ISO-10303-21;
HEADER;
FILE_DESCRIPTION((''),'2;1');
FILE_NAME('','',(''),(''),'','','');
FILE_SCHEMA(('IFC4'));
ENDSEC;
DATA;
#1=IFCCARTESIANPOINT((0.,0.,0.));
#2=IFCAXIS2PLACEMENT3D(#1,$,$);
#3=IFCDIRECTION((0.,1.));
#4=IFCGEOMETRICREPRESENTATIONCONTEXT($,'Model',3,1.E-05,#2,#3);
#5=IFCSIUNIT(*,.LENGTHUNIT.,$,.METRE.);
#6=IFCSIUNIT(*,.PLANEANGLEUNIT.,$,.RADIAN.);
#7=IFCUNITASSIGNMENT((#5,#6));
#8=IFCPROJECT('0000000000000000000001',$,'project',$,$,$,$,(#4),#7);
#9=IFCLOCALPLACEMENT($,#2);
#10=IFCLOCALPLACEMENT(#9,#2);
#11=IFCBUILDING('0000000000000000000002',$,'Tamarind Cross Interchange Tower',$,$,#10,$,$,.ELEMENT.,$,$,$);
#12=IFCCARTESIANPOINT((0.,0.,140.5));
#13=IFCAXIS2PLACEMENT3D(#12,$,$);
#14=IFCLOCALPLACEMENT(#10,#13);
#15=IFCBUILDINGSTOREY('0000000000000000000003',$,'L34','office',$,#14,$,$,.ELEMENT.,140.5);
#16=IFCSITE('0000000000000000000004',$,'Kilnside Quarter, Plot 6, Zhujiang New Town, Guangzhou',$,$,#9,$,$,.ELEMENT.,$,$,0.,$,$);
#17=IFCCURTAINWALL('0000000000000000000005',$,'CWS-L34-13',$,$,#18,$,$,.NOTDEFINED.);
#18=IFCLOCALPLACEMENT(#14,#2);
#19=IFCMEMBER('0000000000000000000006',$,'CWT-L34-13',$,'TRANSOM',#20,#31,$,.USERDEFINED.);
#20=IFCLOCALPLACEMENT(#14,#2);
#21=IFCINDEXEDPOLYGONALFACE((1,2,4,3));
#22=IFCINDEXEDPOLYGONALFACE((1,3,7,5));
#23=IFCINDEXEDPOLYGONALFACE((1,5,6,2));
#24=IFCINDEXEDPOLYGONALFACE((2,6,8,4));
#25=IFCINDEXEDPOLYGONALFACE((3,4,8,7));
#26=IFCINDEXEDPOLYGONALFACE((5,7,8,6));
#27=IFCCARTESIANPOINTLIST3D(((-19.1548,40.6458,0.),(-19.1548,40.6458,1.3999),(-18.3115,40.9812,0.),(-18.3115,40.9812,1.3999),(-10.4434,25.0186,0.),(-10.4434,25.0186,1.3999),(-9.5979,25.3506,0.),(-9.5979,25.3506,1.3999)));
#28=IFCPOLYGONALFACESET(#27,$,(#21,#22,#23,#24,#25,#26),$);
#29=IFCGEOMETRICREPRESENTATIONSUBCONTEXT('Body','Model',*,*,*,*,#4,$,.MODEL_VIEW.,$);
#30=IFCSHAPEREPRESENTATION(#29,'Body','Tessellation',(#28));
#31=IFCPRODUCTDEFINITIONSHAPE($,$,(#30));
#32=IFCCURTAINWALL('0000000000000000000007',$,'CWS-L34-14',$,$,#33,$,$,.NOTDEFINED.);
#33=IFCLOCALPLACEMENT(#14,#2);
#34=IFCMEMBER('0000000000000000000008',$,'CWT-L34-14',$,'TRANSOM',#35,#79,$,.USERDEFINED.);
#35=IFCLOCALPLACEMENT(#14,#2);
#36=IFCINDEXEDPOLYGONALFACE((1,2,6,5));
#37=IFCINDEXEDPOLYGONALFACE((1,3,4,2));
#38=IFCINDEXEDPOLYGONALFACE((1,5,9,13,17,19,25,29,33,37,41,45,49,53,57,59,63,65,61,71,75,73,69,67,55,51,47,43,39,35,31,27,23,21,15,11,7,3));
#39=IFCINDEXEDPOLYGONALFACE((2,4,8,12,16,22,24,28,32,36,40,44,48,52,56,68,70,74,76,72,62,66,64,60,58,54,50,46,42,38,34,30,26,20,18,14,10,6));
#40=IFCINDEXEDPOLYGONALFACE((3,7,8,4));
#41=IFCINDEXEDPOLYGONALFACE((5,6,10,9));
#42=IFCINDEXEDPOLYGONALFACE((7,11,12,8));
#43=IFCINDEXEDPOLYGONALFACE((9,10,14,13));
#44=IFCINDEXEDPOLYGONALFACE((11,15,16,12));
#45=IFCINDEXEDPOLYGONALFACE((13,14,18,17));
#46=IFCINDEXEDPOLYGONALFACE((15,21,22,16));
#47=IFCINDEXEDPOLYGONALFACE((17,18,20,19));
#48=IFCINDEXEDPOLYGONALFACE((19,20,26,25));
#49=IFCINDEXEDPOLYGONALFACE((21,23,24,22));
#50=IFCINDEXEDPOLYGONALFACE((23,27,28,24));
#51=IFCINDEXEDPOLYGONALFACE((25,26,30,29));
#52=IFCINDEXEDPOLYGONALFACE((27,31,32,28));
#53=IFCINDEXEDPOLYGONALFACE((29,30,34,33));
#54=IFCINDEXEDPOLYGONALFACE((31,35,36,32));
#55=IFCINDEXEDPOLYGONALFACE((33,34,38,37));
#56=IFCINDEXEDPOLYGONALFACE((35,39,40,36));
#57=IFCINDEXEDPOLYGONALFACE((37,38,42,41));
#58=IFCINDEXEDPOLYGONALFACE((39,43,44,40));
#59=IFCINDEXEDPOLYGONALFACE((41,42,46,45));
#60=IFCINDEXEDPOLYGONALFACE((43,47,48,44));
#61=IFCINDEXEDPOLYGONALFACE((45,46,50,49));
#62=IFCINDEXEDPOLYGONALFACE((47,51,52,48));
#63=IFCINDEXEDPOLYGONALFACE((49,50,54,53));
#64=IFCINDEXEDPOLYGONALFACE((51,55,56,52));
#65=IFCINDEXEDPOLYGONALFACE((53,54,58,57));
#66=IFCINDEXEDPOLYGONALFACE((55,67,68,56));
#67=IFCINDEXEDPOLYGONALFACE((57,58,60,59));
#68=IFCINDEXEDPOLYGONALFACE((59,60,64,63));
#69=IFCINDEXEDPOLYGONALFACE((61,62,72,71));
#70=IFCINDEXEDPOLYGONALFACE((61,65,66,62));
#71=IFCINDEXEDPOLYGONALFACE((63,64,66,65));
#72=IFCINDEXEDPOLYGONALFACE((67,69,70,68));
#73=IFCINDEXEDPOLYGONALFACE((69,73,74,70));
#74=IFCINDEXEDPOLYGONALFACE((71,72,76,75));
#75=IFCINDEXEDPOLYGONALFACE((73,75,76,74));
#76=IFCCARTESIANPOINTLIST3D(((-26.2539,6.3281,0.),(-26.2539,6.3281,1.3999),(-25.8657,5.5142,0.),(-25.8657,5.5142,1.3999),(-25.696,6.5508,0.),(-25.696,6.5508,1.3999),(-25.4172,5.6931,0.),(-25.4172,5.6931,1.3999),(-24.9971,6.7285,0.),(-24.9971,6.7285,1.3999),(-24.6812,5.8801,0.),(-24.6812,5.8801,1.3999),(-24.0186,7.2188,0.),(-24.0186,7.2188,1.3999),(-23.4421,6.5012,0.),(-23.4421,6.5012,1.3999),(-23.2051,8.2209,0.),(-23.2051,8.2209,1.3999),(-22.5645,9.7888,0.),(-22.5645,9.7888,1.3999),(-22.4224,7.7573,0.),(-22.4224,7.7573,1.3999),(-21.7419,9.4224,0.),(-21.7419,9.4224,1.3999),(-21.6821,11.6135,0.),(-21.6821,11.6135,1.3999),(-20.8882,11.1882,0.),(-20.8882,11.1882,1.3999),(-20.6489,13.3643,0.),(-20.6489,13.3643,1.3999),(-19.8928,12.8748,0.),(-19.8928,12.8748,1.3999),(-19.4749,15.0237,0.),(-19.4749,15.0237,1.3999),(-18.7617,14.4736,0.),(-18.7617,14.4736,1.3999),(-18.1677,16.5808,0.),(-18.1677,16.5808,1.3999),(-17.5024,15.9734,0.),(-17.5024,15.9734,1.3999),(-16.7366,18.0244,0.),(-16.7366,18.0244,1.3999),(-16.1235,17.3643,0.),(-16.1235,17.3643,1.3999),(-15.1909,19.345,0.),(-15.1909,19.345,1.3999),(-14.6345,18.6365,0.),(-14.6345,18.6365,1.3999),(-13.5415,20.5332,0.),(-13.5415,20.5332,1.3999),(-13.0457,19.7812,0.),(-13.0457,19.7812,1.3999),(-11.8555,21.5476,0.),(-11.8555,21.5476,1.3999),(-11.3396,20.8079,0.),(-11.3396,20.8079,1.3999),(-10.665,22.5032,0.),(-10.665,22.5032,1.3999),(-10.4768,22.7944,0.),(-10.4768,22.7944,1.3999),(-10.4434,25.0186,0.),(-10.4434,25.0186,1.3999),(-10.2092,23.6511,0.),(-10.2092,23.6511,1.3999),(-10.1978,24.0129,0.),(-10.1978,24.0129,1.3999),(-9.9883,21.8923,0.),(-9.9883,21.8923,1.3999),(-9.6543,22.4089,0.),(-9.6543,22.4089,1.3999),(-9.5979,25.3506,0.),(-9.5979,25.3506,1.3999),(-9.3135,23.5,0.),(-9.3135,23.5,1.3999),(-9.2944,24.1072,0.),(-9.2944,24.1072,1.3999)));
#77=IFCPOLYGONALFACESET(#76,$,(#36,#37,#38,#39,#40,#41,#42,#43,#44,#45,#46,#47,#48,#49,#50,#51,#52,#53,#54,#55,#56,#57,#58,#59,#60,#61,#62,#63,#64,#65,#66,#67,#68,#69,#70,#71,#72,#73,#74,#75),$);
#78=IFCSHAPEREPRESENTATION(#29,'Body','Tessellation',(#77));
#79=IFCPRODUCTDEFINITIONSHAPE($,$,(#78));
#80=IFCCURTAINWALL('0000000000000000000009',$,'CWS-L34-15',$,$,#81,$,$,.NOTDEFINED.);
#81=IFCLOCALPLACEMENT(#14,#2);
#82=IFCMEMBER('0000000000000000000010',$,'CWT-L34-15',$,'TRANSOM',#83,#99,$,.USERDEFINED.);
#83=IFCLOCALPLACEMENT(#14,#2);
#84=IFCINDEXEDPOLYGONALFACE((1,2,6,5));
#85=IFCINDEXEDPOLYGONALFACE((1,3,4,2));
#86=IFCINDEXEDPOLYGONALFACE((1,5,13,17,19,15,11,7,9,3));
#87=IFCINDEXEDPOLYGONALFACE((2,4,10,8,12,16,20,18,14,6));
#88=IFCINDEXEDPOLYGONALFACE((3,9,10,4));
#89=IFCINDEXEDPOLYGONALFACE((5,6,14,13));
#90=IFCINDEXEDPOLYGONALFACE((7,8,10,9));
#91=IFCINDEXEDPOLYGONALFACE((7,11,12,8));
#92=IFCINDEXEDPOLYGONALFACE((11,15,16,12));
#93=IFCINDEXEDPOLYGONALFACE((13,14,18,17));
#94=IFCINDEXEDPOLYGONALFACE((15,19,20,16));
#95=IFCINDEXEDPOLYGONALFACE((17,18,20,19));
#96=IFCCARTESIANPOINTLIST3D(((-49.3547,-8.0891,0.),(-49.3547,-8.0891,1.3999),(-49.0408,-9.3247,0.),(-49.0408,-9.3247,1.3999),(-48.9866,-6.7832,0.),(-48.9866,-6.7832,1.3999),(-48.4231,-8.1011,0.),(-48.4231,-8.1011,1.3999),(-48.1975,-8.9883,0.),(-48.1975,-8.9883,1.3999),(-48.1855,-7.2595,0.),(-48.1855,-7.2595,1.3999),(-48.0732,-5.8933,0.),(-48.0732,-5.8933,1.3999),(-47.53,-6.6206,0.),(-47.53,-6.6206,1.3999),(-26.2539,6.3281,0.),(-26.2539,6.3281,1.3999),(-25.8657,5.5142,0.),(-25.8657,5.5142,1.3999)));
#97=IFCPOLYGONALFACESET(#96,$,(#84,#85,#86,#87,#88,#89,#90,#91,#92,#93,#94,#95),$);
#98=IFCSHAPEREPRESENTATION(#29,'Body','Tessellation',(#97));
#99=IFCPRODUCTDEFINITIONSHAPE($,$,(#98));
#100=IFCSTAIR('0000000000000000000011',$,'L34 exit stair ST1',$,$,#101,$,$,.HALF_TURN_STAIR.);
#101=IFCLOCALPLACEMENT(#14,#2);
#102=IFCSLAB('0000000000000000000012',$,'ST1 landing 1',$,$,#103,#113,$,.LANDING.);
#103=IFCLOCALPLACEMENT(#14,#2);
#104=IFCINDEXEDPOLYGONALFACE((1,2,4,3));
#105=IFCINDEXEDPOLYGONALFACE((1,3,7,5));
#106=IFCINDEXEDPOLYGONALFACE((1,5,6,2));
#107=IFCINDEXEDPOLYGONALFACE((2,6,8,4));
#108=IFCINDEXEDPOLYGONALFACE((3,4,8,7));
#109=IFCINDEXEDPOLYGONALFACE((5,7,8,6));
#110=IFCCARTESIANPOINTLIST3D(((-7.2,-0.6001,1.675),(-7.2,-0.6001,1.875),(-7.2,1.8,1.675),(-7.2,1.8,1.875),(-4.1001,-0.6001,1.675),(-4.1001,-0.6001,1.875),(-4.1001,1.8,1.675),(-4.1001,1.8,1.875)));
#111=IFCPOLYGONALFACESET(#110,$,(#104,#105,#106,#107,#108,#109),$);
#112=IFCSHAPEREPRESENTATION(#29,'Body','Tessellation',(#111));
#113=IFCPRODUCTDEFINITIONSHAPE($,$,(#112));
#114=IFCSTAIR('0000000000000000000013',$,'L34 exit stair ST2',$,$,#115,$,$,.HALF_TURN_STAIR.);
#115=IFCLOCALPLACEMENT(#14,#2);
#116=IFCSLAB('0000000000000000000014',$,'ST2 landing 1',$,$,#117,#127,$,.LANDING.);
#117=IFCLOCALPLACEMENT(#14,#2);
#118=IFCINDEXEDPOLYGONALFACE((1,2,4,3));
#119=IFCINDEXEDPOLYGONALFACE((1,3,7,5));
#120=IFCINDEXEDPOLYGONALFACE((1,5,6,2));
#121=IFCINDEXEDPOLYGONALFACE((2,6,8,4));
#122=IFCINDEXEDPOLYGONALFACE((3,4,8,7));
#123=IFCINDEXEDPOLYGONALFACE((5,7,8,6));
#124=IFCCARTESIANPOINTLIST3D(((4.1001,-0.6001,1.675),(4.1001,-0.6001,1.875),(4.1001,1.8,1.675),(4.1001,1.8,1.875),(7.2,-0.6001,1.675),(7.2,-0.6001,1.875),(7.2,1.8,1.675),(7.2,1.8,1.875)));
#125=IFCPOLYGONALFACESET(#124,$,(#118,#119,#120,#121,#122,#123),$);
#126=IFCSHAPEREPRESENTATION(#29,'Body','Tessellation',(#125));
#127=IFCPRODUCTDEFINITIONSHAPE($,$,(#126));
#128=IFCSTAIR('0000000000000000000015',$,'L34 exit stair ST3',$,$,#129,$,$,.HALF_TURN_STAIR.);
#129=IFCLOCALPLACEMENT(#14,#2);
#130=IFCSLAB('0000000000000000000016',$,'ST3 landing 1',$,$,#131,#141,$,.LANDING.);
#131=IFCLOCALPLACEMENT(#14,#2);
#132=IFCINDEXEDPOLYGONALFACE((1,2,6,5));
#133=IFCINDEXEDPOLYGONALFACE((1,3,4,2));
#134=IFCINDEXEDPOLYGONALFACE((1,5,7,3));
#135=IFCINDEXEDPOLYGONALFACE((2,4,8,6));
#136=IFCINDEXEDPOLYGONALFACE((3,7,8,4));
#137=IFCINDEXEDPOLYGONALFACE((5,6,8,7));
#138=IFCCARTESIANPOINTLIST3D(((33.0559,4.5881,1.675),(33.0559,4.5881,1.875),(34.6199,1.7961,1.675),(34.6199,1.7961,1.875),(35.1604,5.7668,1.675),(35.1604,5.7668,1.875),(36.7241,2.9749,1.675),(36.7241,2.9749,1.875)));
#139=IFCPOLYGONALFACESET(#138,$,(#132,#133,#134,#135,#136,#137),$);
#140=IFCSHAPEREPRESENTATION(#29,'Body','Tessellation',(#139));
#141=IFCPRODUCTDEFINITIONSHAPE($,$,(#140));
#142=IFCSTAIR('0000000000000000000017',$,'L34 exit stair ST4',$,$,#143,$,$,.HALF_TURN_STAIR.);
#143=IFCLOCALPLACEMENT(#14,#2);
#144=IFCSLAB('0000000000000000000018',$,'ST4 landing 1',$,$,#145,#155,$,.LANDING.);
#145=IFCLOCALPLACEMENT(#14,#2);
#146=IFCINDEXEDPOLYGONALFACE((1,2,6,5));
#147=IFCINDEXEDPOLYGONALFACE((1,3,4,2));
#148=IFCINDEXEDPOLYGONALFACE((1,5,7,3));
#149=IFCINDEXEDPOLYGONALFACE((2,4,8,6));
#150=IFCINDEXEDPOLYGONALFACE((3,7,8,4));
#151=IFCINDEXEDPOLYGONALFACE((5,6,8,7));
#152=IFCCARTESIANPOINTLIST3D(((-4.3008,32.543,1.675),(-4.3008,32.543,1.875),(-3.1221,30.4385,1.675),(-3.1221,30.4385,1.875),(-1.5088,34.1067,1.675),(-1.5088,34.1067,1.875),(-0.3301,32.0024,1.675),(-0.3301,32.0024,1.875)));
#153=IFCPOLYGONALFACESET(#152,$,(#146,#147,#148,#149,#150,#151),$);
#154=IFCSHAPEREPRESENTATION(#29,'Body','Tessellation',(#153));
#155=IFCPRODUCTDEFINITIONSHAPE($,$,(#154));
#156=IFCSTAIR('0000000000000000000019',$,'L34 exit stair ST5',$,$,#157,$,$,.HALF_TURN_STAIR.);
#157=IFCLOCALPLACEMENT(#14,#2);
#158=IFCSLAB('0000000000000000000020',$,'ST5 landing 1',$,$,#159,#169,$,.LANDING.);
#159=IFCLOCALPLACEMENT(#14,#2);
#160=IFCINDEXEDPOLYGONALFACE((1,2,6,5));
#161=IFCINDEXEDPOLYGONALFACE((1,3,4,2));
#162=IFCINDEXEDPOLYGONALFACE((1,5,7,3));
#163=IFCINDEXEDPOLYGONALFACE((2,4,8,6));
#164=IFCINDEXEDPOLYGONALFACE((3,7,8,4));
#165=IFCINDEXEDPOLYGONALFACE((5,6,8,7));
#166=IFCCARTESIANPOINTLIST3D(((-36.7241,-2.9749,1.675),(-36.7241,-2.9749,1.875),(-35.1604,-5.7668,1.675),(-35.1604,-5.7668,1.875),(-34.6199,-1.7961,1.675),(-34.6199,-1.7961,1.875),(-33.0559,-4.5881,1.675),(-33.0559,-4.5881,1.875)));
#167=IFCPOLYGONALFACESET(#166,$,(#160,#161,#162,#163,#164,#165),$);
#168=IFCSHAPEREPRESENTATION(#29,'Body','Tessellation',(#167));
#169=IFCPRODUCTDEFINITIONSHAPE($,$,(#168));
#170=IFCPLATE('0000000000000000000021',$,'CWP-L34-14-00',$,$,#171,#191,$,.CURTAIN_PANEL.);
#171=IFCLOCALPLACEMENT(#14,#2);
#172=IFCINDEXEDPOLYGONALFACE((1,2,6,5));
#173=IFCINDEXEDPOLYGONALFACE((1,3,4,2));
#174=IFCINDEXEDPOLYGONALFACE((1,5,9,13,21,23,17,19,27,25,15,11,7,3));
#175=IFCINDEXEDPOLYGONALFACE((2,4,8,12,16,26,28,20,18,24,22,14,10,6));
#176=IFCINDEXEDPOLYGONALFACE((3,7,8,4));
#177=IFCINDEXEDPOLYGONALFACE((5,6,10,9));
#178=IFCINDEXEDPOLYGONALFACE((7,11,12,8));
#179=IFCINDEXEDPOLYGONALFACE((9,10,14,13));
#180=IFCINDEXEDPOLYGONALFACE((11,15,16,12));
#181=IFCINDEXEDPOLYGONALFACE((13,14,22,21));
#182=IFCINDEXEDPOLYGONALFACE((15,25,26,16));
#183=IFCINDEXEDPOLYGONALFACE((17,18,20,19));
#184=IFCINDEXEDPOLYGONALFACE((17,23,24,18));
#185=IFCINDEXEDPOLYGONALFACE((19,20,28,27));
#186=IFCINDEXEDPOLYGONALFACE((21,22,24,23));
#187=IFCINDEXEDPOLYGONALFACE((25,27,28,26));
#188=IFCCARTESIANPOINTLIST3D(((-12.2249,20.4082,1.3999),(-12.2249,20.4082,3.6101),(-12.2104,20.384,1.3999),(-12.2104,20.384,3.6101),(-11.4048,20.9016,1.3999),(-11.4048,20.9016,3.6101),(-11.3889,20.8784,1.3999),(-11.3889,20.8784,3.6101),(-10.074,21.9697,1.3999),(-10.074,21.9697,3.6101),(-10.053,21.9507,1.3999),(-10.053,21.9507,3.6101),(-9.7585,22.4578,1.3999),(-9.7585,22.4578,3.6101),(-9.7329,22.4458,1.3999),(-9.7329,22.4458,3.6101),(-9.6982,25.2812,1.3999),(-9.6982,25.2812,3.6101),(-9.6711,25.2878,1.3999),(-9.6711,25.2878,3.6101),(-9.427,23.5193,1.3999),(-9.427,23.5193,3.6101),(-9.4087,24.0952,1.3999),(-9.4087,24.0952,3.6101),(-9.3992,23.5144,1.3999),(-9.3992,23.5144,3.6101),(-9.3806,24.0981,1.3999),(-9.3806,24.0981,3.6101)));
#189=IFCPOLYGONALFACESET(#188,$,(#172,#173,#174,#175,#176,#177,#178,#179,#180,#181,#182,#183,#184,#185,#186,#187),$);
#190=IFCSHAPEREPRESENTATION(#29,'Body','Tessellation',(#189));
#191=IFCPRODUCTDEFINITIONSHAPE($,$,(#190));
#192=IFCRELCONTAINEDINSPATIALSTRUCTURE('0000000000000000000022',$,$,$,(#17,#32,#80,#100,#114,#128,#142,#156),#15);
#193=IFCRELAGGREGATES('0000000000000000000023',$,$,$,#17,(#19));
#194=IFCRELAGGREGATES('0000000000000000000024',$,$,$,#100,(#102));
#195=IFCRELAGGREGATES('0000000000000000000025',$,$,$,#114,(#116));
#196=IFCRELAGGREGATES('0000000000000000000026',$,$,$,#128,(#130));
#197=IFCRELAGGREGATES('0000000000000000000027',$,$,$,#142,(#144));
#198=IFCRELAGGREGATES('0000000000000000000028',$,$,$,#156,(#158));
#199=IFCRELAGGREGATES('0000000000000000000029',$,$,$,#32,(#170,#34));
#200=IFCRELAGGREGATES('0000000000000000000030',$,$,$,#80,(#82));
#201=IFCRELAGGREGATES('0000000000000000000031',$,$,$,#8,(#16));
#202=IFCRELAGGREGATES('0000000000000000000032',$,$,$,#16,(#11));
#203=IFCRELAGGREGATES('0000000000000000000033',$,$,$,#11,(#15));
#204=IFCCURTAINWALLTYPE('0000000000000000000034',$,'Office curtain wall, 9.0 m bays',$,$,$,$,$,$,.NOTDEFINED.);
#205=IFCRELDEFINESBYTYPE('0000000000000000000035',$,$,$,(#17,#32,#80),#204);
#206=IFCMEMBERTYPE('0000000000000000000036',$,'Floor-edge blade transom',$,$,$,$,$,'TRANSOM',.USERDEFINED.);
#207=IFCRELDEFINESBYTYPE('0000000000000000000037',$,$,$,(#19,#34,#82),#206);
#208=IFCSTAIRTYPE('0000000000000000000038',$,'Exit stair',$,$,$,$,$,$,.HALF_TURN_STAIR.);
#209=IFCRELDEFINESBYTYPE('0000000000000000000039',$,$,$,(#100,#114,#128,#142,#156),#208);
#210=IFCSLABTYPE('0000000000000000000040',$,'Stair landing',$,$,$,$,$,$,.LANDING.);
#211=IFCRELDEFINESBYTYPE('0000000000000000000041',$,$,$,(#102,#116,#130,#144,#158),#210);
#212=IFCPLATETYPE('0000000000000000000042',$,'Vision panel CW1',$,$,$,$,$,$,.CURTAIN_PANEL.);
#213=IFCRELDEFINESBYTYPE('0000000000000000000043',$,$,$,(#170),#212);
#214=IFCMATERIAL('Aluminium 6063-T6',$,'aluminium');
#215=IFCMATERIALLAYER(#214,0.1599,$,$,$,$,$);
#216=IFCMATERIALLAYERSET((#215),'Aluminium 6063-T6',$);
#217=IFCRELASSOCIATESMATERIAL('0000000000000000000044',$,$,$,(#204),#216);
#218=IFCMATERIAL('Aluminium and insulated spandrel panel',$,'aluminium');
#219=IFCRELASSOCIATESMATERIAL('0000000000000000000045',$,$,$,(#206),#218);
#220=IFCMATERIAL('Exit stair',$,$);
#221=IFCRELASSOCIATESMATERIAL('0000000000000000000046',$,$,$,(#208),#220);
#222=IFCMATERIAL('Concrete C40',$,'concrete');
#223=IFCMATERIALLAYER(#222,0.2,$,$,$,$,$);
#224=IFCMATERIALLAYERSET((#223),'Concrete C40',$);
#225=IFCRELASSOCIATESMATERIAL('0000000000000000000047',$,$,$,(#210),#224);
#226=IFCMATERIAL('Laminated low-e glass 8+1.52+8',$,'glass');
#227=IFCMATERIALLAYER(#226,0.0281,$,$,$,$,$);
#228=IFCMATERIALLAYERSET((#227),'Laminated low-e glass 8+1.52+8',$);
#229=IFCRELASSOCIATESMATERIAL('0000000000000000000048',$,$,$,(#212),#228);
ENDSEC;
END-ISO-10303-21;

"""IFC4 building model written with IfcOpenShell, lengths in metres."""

from ifc_helpers import new_model, si_unit, direction, frame, origin, place, context, subcontext, project, spatial, polyline, outline, extrude, material, layer, layer_set, type_object, element, aggregate, save


model = new_model("IFC4")

# Units and contexts
model_context = context("Model", 3, precision=1e-05, world=origin(), true_north=direction((0.0, 1.0)))
body_context = subcontext(model_context, "Body", "Model", "MODEL_VIEW")
ifc_project = project(units=[si_unit("LENGTHUNIT", "METRE"), si_unit("PLANEANGLEUNIT", "RADIAN")], contexts=[model_context])

# Site, building, storey
site_placement = place(None, origin())
site = spatial("IfcSite", under=ifc_project, at=site_placement, Name="Kilnside Quarter, Plot 6, Zhujiang New Town, Guangzhou", CompositionType="ELEMENT", RefElevation=0.0)
building_placement = place(site_placement, origin())
building = spatial("IfcBuilding", under=site, at=building_placement, Name="Tamarind Cross Interchange Tower", CompositionType="ELEMENT")
storey_placement = place(building_placement, frame((0.0, 0.0, 140.5)))
storey = spatial("IfcBuildingStorey", under=building, at=storey_placement, Name="L34", Description="office", CompositionType="ELEMENT", Elevation=140.5)

# Curtain walls, members
ifc_material_1 = material(Name="Aluminium 6063-T6", Category="aluminium")
ifc_layer_1 = layer(ifc_material_1, 0.1599)
ifc_layer_set_1 = layer_set([ifc_layer_1], Name="Aluminium 6063-T6")
curtain_wall_type = type_object("IfcCurtainWallType", Name="Office curtain wall, 9.0 m bays", PredefinedType="NOTDEFINED", material=ifc_layer_set_1)
curtain_wall_1_placement = place(storey_placement, origin())
curtain_wall_1 = element("IfcCurtainWall", 1, at=curtain_wall_1_placement, inside=storey, type_object=curtain_wall_type, Name="CWS-L34-13", PredefinedType="NOTDEFINED")
ifc_material_2 = material(Name="Aluminium and insulated spandrel panel", Category="aluminium")
member_type = type_object("IfcMemberType", Name="Floor-edge blade transom", ElementType="TRANSOM", PredefinedType="USERDEFINED", material=ifc_material_2)
member_1_placement = place(storey_placement, origin())
member_1 = element("IfcMember", 2, at=member_1_placement, type_object=member_type, Name="CWT-L34-13", ObjectType="TRANSOM", PredefinedType="USERDEFINED", context=body_context, shape_type="SweptSolid", body=[
    extrude(outline(polyline([(-18.3115, 40.9812), (-9.5979, 25.3506), (-10.4434, 25.0186), (-19.1548, 40.6458), (-18.3115, 40.9812)])), origin(), (0.0, 0.0, 1.0), 1.3999),
])
aggregate(curtain_wall_1, [member_1])
curtain_wall_2_placement = place(storey_placement, origin())
curtain_wall_2 = element("IfcCurtainWall", 3, at=curtain_wall_2_placement, inside=storey, type_object=curtain_wall_type, Name="CWS-L34-14", PredefinedType="NOTDEFINED")
member_2_placement = place(storey_placement, origin())
member_2 = element("IfcMember", 4, at=member_2_placement, type_object=member_type, Name="CWT-L34-14", ObjectType="TRANSOM", PredefinedType="USERDEFINED", context=body_context, shape_type="SweptSolid", body=[
    extrude(outline(polyline([(-9.5979, 25.3506), (-9.2944, 24.1072), (-9.3135, 23.5), (-9.6543, 22.4089), (-9.9883, 21.8923), (-11.3396, 20.8079), (-13.0457, 19.7812), (-14.6345, 18.6365), (-16.1235, 17.3643), (-17.5024, 15.9734), (-18.7617, 14.4736), (-19.8928, 12.8748), (-20.8882, 11.1882), (-21.7419, 9.4224), (-22.4224, 7.7573), (-23.4421, 6.5012), (-24.6812, 5.8801), (-25.4172, 5.6931), (-25.8657, 5.5142), (-26.2539, 6.3281), (-25.696, 6.5508), (-24.9971, 6.7285), (-24.0186, 7.2188), (-23.2051, 8.2209), (-22.5645, 9.7888), (-21.6821, 11.6135), (-20.6489, 13.3643), (-19.4749, 15.0237), (-18.1677, 16.5808), (-16.7366, 18.0244), (-15.1909, 19.345), (-13.5415, 20.5332), (-11.8555, 21.5476), (-10.665, 22.5032), (-10.4768, 22.7944), (-10.2092, 23.6511), (-10.1978, 24.0129), (-10.4434, 25.0186), (-9.5979, 25.3506)])), origin(), (0.0, 0.0, 1.0), 1.3999),
])
curtain_wall_3_placement = place(storey_placement, origin())
curtain_wall_3 = element("IfcCurtainWall", 5, at=curtain_wall_3_placement, inside=storey, type_object=curtain_wall_type, Name="CWS-L34-15", PredefinedType="NOTDEFINED")
member_3_placement = place(storey_placement, origin())
member_3 = element("IfcMember", 6, at=member_3_placement, type_object=member_type, Name="CWT-L34-15", ObjectType="TRANSOM", PredefinedType="USERDEFINED", context=body_context, shape_type="SweptSolid", body=[
    extrude(outline(polyline([(-25.8657, 5.5142), (-47.53, -6.6206), (-48.1855, -7.2595), (-48.4231, -8.1011), (-48.1975, -8.9883), (-49.0408, -9.3247), (-49.3547, -8.0891), (-48.9866, -6.7832), (-48.0732, -5.8933), (-26.2539, 6.3281), (-25.8657, 5.5142)])), origin(), (0.0, 0.0, 1.0), 1.3999),
])

# Stairs, slabs
ifc_material_3 = material(Name="Exit stair")
stair_type = type_object("IfcStairType", Name="Exit stair", PredefinedType="HALF_TURN_STAIR", material=ifc_material_3)
stair_1_placement = place(storey_placement, origin())
stair_1 = element("IfcStair", 7, at=stair_1_placement, inside=storey, type_object=stair_type, Name="L34 exit stair ST1", PredefinedType="HALF_TURN_STAIR")
ifc_material_4 = material(Name="Concrete C40", Category="concrete")
ifc_layer_2 = layer(ifc_material_4, 0.2)
ifc_layer_set_2 = layer_set([ifc_layer_2], Name="Concrete C40")
slab_type = type_object("IfcSlabType", Name="Stair landing", PredefinedType="LANDING", material=ifc_layer_set_2)
slab_1_placement = place(storey_placement, frame((0.0, 0.0, 1.675)))
slab_1 = element("IfcSlab", 8, at=slab_1_placement, type_object=slab_type, Name="ST1 landing 1", PredefinedType="LANDING", context=body_context, shape_type="SweptSolid", body=[
    extrude(outline(polyline([(-4.1001, -0.6001), (-4.1001, 1.8), (-7.2, 1.8), (-7.2, -0.6001), (-4.1001, -0.6001)])), origin(), (0.0, 0.0, 1.0), 0.2),
])
aggregate(stair_1, [slab_1])
stair_2_placement = place(storey_placement, origin())
stair_2 = element("IfcStair", 9, at=stair_2_placement, inside=storey, type_object=stair_type, Name="L34 exit stair ST2", PredefinedType="HALF_TURN_STAIR")
slab_2_placement = place(storey_placement, frame((0.0, 0.0, 1.675)))
slab_2 = element("IfcSlab", 10, at=slab_2_placement, type_object=slab_type, Name="ST2 landing 1", PredefinedType="LANDING", context=body_context, shape_type="SweptSolid", body=[
    extrude(outline(polyline([(7.2, -0.6001), (7.2, 1.8), (4.1001, 1.8), (4.1001, -0.6001), (7.2, -0.6001)])), origin(), (0.0, 0.0, 1.0), 0.2),
])
aggregate(stair_2, [slab_2])
stair_3_placement = place(storey_placement, origin())
stair_3 = element("IfcStair", 11, at=stair_3_placement, inside=storey, type_object=stair_type, Name="L34 exit stair ST3", PredefinedType="HALF_TURN_STAIR")
slab_3_placement = place(storey_placement, frame((0.0, 0.0, 1.675)))
slab_3 = element("IfcSlab", 12, at=slab_3_placement, type_object=slab_type, Name="ST3 landing 1", PredefinedType="LANDING", context=body_context, shape_type="SweptSolid", body=[
    extrude(outline(polyline([(34.6199, 1.7961), (36.7241, 2.9749), (35.1604, 5.7668), (33.0559, 4.5881), (34.6199, 1.7961)])), origin(), (0.0, 0.0, 1.0), 0.2),
])
aggregate(stair_3, [slab_3])
stair_4_placement = place(storey_placement, origin())
stair_4 = element("IfcStair", 13, at=stair_4_placement, inside=storey, type_object=stair_type, Name="L34 exit stair ST4", PredefinedType="HALF_TURN_STAIR")
slab_4_placement = place(storey_placement, frame((0.0, 0.0, 1.675)))
slab_4 = element("IfcSlab", 14, at=slab_4_placement, type_object=slab_type, Name="ST4 landing 1", PredefinedType="LANDING", context=body_context, shape_type="SweptSolid", body=[
    extrude(outline(polyline([(-0.3301, 32.0024), (-1.5088, 34.1067), (-4.3008, 32.543), (-3.1221, 30.4385), (-0.3301, 32.0024)])), origin(), (0.0, 0.0, 1.0), 0.2),
])
aggregate(stair_4, [slab_4])
stair_5_placement = place(storey_placement, origin())
stair_5 = element("IfcStair", 15, at=stair_5_placement, inside=storey, type_object=stair_type, Name="L34 exit stair ST5", PredefinedType="HALF_TURN_STAIR")
slab_5_placement = place(storey_placement, frame((0.0, 0.0, 1.675)))
slab_5 = element("IfcSlab", 16, at=slab_5_placement, type_object=slab_type, Name="ST5 landing 1", PredefinedType="LANDING", context=body_context, shape_type="SweptSolid", body=[
    extrude(outline(polyline([(-34.6199, -1.7961), (-36.7241, -2.9749), (-35.1604, -5.7668), (-33.0559, -4.5881), (-34.6199, -1.7961)])), origin(), (0.0, 0.0, 1.0), 0.2),
])
aggregate(stair_5, [slab_5])

# Plate
ifc_material_5 = material(Name="Laminated low-e glass 8+1.52+8", Category="glass")
ifc_layer_3 = layer(ifc_material_5, 0.0281)
ifc_layer_set_3 = layer_set([ifc_layer_3], Name="Laminated low-e glass 8+1.52+8")
plate_type = type_object("IfcPlateType", Name="Vision panel CW1", PredefinedType="CURTAIN_PANEL", material=ifc_layer_set_3)
plate_1_placement = place(storey_placement, frame((0.0, 0.0, 1.3999)))
plate_1 = element("IfcPlate", 17, at=plate_1_placement, type_object=plate_type, Name="CWP-L34-14-00", PredefinedType="CURTAIN_PANEL", context=body_context, shape_type="SweptSolid", body=[
    extrude(outline(polyline([(-9.6711, 25.2878), (-9.3806, 24.0981), (-9.3992, 23.5144), (-9.7329, 22.4458), (-10.053, 21.9507), (-11.3889, 20.8784), (-12.2104, 20.384), (-12.2249, 20.4082), (-11.4048, 20.9016), (-10.074, 21.9697), (-9.7585, 22.4578), (-9.427, 23.5193), (-9.4087, 24.0952), (-9.6982, 25.2812), (-9.6711, 25.2878)])), origin(), (0.0, 0.0, 1.0), 2.2102),
])
aggregate(curtain_wall_2, [plate_1, member_2])
aggregate(curtain_wall_3, [member_3])

save(model, "model.ifc")
